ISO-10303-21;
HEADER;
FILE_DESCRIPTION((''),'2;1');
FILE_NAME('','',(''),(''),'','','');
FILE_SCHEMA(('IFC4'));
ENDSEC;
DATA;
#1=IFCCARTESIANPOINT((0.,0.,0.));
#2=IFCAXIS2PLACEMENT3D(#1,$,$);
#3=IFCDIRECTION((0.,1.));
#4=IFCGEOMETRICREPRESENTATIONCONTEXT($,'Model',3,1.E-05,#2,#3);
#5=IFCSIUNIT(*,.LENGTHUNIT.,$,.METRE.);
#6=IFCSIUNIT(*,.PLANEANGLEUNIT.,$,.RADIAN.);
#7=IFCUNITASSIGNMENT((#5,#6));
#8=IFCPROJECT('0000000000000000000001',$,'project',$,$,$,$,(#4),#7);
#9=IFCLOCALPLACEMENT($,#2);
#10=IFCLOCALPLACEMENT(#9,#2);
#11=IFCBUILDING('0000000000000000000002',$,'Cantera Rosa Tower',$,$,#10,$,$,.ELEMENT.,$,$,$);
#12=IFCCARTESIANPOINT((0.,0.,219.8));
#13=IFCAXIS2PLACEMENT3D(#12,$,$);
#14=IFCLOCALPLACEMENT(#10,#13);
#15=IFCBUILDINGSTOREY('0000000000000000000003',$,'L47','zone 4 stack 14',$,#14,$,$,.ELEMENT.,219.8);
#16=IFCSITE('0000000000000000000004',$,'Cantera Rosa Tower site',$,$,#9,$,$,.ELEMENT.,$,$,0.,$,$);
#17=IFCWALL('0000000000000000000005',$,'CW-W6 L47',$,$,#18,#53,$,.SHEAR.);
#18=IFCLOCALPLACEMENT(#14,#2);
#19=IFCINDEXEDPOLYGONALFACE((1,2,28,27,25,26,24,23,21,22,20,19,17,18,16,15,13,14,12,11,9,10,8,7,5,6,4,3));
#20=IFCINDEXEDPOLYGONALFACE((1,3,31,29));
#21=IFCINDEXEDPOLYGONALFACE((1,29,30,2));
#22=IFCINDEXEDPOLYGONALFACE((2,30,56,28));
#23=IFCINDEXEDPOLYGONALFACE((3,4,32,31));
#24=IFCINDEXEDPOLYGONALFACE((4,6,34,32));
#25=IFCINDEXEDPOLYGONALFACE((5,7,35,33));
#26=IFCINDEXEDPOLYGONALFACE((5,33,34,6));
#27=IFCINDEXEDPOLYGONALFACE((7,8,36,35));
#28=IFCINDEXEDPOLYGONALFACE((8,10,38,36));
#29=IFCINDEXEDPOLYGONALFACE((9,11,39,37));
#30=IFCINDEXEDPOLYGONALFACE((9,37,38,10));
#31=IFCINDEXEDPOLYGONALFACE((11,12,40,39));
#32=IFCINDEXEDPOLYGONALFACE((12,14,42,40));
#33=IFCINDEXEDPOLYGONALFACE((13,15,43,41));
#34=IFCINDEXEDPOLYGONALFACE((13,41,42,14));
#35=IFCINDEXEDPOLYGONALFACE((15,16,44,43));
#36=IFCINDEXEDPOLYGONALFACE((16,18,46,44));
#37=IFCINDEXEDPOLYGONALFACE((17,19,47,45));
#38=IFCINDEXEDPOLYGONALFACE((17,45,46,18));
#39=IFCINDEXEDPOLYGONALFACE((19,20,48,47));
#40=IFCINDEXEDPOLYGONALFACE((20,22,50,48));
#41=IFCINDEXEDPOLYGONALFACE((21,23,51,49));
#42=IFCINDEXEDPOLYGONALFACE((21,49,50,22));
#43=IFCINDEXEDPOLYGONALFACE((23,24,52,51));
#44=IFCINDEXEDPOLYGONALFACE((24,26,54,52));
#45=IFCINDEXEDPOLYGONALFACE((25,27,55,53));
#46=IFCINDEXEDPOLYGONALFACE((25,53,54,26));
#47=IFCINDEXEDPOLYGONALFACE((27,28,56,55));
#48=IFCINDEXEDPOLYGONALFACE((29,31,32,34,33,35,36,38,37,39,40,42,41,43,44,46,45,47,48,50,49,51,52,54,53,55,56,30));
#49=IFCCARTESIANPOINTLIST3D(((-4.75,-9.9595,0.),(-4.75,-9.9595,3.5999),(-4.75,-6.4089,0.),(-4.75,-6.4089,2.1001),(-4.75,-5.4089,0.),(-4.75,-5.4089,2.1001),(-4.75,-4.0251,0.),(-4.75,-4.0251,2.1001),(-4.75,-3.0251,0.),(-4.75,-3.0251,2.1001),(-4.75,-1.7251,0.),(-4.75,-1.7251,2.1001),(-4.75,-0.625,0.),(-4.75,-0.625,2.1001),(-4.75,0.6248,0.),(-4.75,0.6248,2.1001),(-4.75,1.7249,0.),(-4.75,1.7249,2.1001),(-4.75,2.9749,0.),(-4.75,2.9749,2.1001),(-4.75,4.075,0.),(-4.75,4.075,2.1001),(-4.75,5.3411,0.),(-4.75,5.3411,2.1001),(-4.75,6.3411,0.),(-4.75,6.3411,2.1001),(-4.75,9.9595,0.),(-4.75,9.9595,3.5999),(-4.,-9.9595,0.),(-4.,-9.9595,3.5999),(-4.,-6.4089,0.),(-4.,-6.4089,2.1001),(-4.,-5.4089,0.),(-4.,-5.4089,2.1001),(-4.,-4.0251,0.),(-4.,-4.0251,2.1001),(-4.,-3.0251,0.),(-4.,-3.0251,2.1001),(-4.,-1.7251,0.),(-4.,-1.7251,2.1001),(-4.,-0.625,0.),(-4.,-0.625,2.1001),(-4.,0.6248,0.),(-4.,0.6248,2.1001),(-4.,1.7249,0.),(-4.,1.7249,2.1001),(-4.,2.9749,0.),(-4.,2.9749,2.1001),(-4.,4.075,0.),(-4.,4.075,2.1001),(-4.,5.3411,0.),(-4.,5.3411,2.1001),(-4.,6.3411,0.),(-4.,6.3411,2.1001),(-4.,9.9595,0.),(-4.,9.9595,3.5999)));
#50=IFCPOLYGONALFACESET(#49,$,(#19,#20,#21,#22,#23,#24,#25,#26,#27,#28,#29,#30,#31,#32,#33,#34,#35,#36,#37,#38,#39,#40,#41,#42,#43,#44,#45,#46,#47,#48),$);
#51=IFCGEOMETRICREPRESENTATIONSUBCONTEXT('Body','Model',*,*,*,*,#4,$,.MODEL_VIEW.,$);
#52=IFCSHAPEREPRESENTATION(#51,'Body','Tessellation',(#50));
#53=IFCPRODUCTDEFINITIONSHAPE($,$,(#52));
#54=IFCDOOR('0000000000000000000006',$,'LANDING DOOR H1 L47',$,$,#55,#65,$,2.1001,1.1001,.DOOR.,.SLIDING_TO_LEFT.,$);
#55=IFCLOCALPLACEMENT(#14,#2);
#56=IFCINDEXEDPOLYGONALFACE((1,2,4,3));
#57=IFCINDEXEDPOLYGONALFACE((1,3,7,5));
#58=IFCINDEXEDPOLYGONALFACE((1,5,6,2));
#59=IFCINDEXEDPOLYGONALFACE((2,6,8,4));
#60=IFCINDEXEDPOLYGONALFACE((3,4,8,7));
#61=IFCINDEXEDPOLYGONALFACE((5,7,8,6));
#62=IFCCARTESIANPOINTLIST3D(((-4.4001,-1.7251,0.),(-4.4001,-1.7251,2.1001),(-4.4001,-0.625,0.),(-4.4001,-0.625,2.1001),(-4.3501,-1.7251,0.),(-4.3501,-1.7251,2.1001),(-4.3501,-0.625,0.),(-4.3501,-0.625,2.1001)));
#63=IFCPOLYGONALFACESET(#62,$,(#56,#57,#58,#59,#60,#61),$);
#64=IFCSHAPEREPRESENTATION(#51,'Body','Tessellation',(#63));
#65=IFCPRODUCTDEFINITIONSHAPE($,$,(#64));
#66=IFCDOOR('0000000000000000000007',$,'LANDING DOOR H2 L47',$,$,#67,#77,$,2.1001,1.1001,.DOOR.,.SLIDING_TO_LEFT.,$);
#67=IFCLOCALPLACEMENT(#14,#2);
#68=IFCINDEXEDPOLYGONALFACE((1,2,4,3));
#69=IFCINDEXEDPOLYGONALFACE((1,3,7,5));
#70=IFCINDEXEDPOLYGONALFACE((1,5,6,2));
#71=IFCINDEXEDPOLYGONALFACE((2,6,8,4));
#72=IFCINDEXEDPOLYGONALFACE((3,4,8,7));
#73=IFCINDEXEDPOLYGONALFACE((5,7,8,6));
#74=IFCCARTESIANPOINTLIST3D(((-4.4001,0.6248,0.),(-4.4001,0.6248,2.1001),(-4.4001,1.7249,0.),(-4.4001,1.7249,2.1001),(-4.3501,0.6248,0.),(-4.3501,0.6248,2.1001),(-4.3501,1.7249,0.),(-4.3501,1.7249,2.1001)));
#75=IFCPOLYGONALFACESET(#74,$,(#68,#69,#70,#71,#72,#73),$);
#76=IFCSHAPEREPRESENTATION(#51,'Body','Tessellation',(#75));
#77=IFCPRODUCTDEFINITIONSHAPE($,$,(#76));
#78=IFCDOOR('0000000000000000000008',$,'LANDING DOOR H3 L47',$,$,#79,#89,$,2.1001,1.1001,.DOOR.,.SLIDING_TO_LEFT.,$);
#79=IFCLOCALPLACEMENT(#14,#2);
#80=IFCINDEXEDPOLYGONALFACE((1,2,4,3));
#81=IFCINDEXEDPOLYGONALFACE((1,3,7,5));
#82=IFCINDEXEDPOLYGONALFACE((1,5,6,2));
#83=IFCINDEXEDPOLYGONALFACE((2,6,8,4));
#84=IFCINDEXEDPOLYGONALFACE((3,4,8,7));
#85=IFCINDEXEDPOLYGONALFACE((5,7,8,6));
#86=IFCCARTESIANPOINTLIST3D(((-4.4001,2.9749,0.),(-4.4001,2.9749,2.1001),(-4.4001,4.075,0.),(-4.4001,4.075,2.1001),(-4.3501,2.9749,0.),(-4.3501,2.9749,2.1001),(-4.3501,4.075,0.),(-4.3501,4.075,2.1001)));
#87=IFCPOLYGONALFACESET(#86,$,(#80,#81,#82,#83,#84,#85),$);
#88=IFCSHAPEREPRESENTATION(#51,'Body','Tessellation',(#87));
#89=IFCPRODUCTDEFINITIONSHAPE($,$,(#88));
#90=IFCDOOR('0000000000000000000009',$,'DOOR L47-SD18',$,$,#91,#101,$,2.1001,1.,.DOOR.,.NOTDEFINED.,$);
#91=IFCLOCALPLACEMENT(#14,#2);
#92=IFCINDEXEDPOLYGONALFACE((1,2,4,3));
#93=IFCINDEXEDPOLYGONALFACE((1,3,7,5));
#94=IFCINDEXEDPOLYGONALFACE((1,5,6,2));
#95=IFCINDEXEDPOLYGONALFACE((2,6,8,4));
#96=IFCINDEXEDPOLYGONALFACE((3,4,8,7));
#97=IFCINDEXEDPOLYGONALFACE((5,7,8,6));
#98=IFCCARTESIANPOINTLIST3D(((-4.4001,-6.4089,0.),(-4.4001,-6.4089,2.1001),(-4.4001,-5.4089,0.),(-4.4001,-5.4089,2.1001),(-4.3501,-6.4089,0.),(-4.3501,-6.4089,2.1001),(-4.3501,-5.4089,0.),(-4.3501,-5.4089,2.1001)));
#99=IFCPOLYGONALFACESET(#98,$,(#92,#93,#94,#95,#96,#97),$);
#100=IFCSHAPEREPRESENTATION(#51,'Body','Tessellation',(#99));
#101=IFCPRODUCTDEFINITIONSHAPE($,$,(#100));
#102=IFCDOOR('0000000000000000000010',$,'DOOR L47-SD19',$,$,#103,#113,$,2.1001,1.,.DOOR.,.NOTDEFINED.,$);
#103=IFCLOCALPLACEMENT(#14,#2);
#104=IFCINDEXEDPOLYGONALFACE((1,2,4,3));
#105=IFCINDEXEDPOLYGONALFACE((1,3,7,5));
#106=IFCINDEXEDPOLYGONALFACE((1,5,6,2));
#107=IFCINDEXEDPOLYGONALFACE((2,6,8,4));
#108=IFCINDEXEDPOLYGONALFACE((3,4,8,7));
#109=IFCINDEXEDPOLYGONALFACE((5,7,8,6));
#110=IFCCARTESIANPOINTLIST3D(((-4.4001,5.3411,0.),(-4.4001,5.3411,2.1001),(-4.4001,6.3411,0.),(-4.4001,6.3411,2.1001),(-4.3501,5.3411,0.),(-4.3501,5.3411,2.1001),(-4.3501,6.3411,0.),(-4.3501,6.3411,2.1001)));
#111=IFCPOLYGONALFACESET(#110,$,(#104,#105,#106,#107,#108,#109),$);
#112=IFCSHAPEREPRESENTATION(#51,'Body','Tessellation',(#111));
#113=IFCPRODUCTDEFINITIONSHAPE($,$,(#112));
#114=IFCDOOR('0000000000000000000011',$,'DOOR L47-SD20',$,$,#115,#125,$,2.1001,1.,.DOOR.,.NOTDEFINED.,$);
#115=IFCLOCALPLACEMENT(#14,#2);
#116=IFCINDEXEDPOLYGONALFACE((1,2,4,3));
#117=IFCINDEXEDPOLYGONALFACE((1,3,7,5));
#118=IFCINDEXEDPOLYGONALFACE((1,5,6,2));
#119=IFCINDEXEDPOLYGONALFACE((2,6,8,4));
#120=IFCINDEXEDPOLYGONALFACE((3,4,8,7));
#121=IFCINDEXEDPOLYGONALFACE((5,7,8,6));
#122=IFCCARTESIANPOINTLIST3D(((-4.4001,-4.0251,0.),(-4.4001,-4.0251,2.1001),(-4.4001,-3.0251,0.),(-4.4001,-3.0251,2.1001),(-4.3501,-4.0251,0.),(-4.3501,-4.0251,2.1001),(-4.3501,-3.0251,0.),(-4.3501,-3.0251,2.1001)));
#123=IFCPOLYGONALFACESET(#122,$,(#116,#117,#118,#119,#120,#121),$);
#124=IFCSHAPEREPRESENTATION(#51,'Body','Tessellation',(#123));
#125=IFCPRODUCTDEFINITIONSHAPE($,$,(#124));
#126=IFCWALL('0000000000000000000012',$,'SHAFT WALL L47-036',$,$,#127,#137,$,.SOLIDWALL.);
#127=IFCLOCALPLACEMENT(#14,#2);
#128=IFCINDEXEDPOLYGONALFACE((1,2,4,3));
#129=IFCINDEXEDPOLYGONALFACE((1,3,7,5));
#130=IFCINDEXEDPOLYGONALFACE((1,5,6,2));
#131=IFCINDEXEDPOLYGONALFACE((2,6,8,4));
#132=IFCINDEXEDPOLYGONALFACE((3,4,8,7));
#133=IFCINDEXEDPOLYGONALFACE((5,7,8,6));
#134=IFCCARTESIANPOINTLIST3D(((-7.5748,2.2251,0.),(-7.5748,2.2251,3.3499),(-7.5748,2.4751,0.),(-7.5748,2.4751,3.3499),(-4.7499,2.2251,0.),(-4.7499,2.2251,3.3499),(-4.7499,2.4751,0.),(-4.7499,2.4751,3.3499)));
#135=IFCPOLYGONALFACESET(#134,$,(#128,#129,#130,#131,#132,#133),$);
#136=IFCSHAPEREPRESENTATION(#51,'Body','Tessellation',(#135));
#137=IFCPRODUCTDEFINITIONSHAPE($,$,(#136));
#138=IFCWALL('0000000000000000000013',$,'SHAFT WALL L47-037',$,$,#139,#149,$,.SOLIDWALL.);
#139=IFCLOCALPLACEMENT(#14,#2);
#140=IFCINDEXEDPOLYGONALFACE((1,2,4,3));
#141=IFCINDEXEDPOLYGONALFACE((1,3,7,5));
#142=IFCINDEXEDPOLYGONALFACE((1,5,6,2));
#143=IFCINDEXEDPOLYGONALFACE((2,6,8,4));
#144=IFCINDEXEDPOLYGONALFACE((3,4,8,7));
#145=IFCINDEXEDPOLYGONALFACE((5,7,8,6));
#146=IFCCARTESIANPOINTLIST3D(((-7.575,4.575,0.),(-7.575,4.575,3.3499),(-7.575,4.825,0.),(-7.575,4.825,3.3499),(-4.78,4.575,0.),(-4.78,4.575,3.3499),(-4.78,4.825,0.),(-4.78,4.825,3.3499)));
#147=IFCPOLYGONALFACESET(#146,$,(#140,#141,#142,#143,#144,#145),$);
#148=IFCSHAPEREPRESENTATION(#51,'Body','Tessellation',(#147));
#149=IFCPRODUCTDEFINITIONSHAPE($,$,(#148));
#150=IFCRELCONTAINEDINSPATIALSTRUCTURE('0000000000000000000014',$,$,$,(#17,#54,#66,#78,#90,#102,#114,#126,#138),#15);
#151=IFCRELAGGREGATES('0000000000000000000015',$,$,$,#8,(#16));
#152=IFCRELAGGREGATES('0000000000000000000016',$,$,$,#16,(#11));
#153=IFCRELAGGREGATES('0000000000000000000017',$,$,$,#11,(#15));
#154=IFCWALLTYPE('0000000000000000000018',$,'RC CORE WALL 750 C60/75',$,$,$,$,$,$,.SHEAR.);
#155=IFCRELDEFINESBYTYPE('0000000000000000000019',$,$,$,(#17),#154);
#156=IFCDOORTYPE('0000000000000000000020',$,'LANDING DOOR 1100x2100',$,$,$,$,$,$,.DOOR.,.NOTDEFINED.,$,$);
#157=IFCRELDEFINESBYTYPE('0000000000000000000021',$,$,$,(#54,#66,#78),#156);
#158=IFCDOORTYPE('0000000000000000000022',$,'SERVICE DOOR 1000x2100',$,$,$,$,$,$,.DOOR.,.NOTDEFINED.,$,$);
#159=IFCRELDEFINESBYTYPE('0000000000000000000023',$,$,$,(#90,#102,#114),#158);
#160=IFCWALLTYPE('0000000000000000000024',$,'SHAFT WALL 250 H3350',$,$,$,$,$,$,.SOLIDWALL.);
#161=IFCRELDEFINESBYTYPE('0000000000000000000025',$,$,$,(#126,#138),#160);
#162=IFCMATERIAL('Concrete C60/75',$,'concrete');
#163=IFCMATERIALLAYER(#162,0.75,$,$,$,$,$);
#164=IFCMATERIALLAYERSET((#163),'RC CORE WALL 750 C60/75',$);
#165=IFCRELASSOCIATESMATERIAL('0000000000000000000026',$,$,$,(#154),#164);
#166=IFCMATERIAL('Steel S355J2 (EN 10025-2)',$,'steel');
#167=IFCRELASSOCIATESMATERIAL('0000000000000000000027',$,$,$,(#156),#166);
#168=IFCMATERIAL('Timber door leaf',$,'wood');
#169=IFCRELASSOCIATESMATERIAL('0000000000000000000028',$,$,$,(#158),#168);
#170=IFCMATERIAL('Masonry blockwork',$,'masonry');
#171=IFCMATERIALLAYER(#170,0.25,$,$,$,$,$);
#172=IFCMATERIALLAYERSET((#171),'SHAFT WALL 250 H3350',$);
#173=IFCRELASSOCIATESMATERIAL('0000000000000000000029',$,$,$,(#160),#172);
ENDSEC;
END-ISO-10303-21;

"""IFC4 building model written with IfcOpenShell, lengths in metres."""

from ifc_helpers import new_model, si_unit, direction, frame, frame_2d, origin, place, context, subcontext, project, spatial, rectangle, extrude, material, layer, layer_set, type_object, element, fill, save


model = new_model("IFC4")

# Units and contexts
model_context = context("Model", 3, precision=1e-05, world=origin(), true_north=direction((0.0, 1.0)))
body_context = subcontext(model_context, "Body", "Model", "MODEL_VIEW")
ifc_project = project(units=[si_unit("LENGTHUNIT", "METRE"), si_unit("PLANEANGLEUNIT", "RADIAN")], contexts=[model_context])

# Site, building, storey
site_placement = place(None, origin())
site = spatial("IfcSite", under=ifc_project, at=site_placement, Name="Cantera Rosa Tower site", CompositionType="ELEMENT", RefElevation=0.0)
building_placement = place(site_placement, origin())
building = spatial("IfcBuilding", under=site, at=building_placement, Name="Cantera Rosa Tower", CompositionType="ELEMENT")
storey_placement = place(building_placement, frame((0.0, 0.0, 219.8)))
storey = spatial("IfcBuildingStorey", under=building, at=storey_placement, Name="L47", Description="zone 4 stack 14", CompositionType="ELEMENT", Elevation=219.8)

# Shared definitions
ifc_material_1 = material(Name="Concrete C60/75", Category="concrete")
ifc_layer_1 = layer(ifc_material_1, 0.75)
ifc_layer_set_1 = layer_set([ifc_layer_1], Name="RC CORE WALL 750 C60/75")
wall_type_1 = type_object("IfcWallType", Name="RC CORE WALL 750 C60/75", PredefinedType="SHEAR", material=ifc_layer_set_1)

# Wall, openings, doors
wall_1_placement = place(storey_placement, frame((-4.375, 9.9595, 0.0), z_axis=(0.0, 0.0, 1.0), x_axis=(0.0, -1.0, 0.0)))
wall_1 = element("IfcWall", 1, at=wall_1_placement, inside=storey, type_object=wall_type_1, Name="CW-W6 L47", PredefinedType="SHEAR", context=body_context, shape_type="SweptSolid", body=[
    extrude(rectangle(XDim=19.9189, YDim=0.75, at=frame_2d((9.9595, 0.0))), origin(), (0.0, 0.0, 1.0), 3.5999),
])
opening_1_placement = place(wall_1_placement, frame((10.5845, 0.0, 0.0)))
opening_1 = element("IfcOpeningElement", 2, at=opening_1_placement, cuts=wall_1, PredefinedType="OPENING", context=body_context, shape_type="SweptSolid", body=[
    extrude(rectangle(XDim=1.1001, YDim=2.1001, at=frame_2d((0.55, 1.05))), frame((0.0, 0.385, 0.0), z_axis=(0.0, -1.0, 0.0), x_axis=(1.0, 0.0, 0.0)), (0.0, 0.0, 1.0), 0.77),
])
opening_2_placement = place(wall_1_placement, frame((8.2346, 0.0, 0.0)))
opening_2 = element("IfcOpeningElement", 3, at=opening_2_placement, cuts=wall_1, PredefinedType="OPENING", context=body_context, shape_type="SweptSolid", body=[
    extrude(rectangle(XDim=1.1001, YDim=2.1001, at=frame_2d((0.55, 1.05))), frame((0.0, 0.385, 0.0), z_axis=(0.0, -1.0, 0.0), x_axis=(1.0, 0.0, 0.0)), (0.0, 0.0, 1.0), 0.77),
])
opening_3_placement = place(wall_1_placement, frame((5.8845, 0.0, 0.0)))
opening_3 = element("IfcOpeningElement", 4, at=opening_3_placement, cuts=wall_1, PredefinedType="OPENING", context=body_context, shape_type="SweptSolid", body=[
    extrude(rectangle(XDim=1.1001, YDim=2.1001, at=frame_2d((0.55, 1.05))), frame((0.0, 0.385, 0.0), z_axis=(0.0, -1.0, 0.0), x_axis=(1.0, 0.0, 0.0)), (0.0, 0.0, 1.0), 0.77),
])
opening_4_placement = place(wall_1_placement, frame((15.3684, 0.0, 0.0)))
opening_4 = element("IfcOpeningElement", 5, at=opening_4_placement, cuts=wall_1, PredefinedType="OPENING", context=body_context, shape_type="SweptSolid", body=[
    extrude(rectangle(XDim=1.0, YDim=2.1001, at=frame_2d((0.5, 1.05))), frame((0.0, 0.385, 0.0), z_axis=(0.0, -1.0, 0.0), x_axis=(1.0, 0.0, 0.0)), (0.0, 0.0, 1.0), 0.77),
])
opening_5_placement = place(wall_1_placement, frame((3.6184, 0.0, 0.0)))
opening_5 = element("IfcOpeningElement", 6, at=opening_5_placement, cuts=wall_1, PredefinedType="OPENING", context=body_context, shape_type="SweptSolid", body=[
    extrude(rectangle(XDim=1.0, YDim=2.1001, at=frame_2d((0.5, 1.05))), frame((0.0, 0.385, 0.0), z_axis=(0.0, -1.0, 0.0), x_axis=(1.0, 0.0, 0.0)), (0.0, 0.0, 1.0), 0.77),
])
opening_6_placement = place(wall_1_placement, frame((12.9846, 0.0, 0.0)))
opening_6 = element("IfcOpeningElement", 7, at=opening_6_placement, cuts=wall_1, PredefinedType="OPENING", context=body_context, shape_type="SweptSolid", body=[
    extrude(rectangle(XDim=1.0, YDim=2.1001, at=frame_2d((0.5, 1.05))), frame((0.0, 0.385, 0.0), z_axis=(0.0, -1.0, 0.0), x_axis=(1.0, 0.0, 0.0)), (0.0, 0.0, 1.0), 0.77),
])
ifc_material_2 = material(Name="Steel S355J2 (EN 10025-2)", Category="steel")
door_type_1 = type_object("IfcDoorType", Name="LANDING DOOR 1100x2100", OperationType="NOTDEFINED", PredefinedType="DOOR", material=ifc_material_2)
door_1_placement = place(opening_1_placement, origin())
door_1 = element("IfcDoor", 8, at=door_1_placement, inside=storey, type_object=door_type_1, Name="LANDING DOOR H1 L47", OperationType="SLIDING_TO_LEFT", OverallHeight=2.1001, OverallWidth=1.1001, PredefinedType="DOOR", context=body_context, shape_type="SweptSolid", body=[
    extrude(rectangle(XDim=1.1001, YDim=2.1001, at=frame_2d((0.55, 1.05))), frame((0.0, 0.0249, 0.0), z_axis=(0.0, -1.0, 0.0), x_axis=(1.0, 0.0, 0.0)), (0.0, 0.0, 1.0), 0.05),
])
fill(opening_1, door_1)
door_2_placement = place(opening_2_placement, origin())
door_2 = element("IfcDoor", 9, at=door_2_placement, inside=storey, type_object=door_type_1, Name="LANDING DOOR H2 L47", OperationType="SLIDING_TO_LEFT", OverallHeight=2.1001, OverallWidth=1.1001, PredefinedType="DOOR", context=body_context, shape_type="SweptSolid", body=[
    extrude(rectangle(XDim=1.1001, YDim=2.1001, at=frame_2d((0.55, 1.05))), frame((0.0, 0.0249, 0.0), z_axis=(0.0, -1.0, 0.0), x_axis=(1.0, 0.0, 0.0)), (0.0, 0.0, 1.0), 0.05),
])
fill(opening_2, door_2)
door_3_placement = place(opening_3_placement, origin())
door_3 = element("IfcDoor", 10, at=door_3_placement, inside=storey, type_object=door_type_1, Name="LANDING DOOR H3 L47", OperationType="SLIDING_TO_LEFT", OverallHeight=2.1001, OverallWidth=1.1001, PredefinedType="DOOR", context=body_context, shape_type="SweptSolid", body=[
    extrude(rectangle(XDim=1.1001, YDim=2.1001, at=frame_2d((0.55, 1.05))), frame((0.0, 0.0249, 0.0), z_axis=(0.0, -1.0, 0.0), x_axis=(1.0, 0.0, 0.0)), (0.0, 0.0, 1.0), 0.05),
])
fill(opening_3, door_3)
ifc_material_3 = material(Name="Timber door leaf", Category="wood")
door_type_2 = type_object("IfcDoorType", Name="SERVICE DOOR 1000x2100", OperationType="NOTDEFINED", PredefinedType="DOOR", material=ifc_material_3)
door_4_placement = place(opening_4_placement, origin())
door_4 = element("IfcDoor", 11, at=door_4_placement, inside=storey, type_object=door_type_2, Name="DOOR L47-SD18", OperationType="NOTDEFINED", OverallHeight=2.1001, OverallWidth=1.0, PredefinedType="DOOR", context=body_context, shape_type="SweptSolid", body=[
    extrude(rectangle(XDim=1.0, YDim=2.1001, at=frame_2d((0.5, 1.05))), frame((0.0, 0.0249, 0.0), z_axis=(0.0, -1.0, 0.0), x_axis=(1.0, 0.0, 0.0)), (0.0, 0.0, 1.0), 0.05),
])
fill(opening_4, door_4)
door_5_placement = place(opening_5_placement, origin())
door_5 = element("IfcDoor", 12, at=door_5_placement, inside=storey, type_object=door_type_2, Name="DOOR L47-SD19", OperationType="NOTDEFINED", OverallHeight=2.1001, OverallWidth=1.0, PredefinedType="DOOR", context=body_context, shape_type="SweptSolid", body=[
    extrude(rectangle(XDim=1.0, YDim=2.1001, at=frame_2d((0.5, 1.05))), frame((0.0, 0.0249, 0.0), z_axis=(0.0, -1.0, 0.0), x_axis=(1.0, 0.0, 0.0)), (0.0, 0.0, 1.0), 0.05),
])
fill(opening_5, door_5)
door_6_placement = place(opening_6_placement, origin())
door_6 = element("IfcDoor", 13, at=door_6_placement, inside=storey, type_object=door_type_2, Name="DOOR L47-SD20", OperationType="NOTDEFINED", OverallHeight=2.1001, OverallWidth=1.0, PredefinedType="DOOR", context=body_context, shape_type="SweptSolid", body=[
    extrude(rectangle(XDim=1.0, YDim=2.1001, at=frame_2d((0.5, 1.05))), frame((0.0, 0.0249, 0.0), z_axis=(0.0, -1.0, 0.0), x_axis=(1.0, 0.0, 0.0)), (0.0, 0.0, 1.0), 0.05),
])
fill(opening_6, door_6)

# Walls
ifc_material_4 = material(Name="Masonry blockwork", Category="masonry")
ifc_layer_2 = layer(ifc_material_4, 0.25)
ifc_layer_set_2 = layer_set([ifc_layer_2], Name="SHAFT WALL 250 H3350")
wall_type_2 = type_object("IfcWallType", Name="SHAFT WALL 250 H3350", PredefinedType="SOLIDWALL", material=ifc_layer_set_2)
wall_2_placement = place(storey_placement, frame((-7.575, 2.3501, 0.0), z_axis=(0.0, 0.0, 1.0), x_axis=(1.0, 0.0, 0.0)))
element("IfcWall", 14, at=wall_2_placement, inside=storey, type_object=wall_type_2, Name="SHAFT WALL L47-036", PredefinedType="SOLIDWALL", context=body_context, shape_type="SweptSolid", body=[
    extrude(rectangle(XDim=2.825, YDim=0.25, at=frame_2d((1.4126, 0.0))), origin(), (0.0, 0.0, 1.0), 3.3499),
])
wall_3_placement = place(storey_placement, frame((-7.575, 4.7, 0.0), z_axis=(0.0, 0.0, 1.0), x_axis=(1.0, 0.0, 0.0)))
element("IfcWall", 15, at=wall_3_placement, inside=storey, type_object=wall_type_2, Name="SHAFT WALL L47-037", PredefinedType="SOLIDWALL", context=body_context, shape_type="SweptSolid", body=[
    extrude(rectangle(XDim=2.7949, YDim=0.25, at=frame_2d((1.3975, 0.0))), origin(), (0.0, 0.0, 1.0), 3.3499),
])

save(model, "model.ifc")
